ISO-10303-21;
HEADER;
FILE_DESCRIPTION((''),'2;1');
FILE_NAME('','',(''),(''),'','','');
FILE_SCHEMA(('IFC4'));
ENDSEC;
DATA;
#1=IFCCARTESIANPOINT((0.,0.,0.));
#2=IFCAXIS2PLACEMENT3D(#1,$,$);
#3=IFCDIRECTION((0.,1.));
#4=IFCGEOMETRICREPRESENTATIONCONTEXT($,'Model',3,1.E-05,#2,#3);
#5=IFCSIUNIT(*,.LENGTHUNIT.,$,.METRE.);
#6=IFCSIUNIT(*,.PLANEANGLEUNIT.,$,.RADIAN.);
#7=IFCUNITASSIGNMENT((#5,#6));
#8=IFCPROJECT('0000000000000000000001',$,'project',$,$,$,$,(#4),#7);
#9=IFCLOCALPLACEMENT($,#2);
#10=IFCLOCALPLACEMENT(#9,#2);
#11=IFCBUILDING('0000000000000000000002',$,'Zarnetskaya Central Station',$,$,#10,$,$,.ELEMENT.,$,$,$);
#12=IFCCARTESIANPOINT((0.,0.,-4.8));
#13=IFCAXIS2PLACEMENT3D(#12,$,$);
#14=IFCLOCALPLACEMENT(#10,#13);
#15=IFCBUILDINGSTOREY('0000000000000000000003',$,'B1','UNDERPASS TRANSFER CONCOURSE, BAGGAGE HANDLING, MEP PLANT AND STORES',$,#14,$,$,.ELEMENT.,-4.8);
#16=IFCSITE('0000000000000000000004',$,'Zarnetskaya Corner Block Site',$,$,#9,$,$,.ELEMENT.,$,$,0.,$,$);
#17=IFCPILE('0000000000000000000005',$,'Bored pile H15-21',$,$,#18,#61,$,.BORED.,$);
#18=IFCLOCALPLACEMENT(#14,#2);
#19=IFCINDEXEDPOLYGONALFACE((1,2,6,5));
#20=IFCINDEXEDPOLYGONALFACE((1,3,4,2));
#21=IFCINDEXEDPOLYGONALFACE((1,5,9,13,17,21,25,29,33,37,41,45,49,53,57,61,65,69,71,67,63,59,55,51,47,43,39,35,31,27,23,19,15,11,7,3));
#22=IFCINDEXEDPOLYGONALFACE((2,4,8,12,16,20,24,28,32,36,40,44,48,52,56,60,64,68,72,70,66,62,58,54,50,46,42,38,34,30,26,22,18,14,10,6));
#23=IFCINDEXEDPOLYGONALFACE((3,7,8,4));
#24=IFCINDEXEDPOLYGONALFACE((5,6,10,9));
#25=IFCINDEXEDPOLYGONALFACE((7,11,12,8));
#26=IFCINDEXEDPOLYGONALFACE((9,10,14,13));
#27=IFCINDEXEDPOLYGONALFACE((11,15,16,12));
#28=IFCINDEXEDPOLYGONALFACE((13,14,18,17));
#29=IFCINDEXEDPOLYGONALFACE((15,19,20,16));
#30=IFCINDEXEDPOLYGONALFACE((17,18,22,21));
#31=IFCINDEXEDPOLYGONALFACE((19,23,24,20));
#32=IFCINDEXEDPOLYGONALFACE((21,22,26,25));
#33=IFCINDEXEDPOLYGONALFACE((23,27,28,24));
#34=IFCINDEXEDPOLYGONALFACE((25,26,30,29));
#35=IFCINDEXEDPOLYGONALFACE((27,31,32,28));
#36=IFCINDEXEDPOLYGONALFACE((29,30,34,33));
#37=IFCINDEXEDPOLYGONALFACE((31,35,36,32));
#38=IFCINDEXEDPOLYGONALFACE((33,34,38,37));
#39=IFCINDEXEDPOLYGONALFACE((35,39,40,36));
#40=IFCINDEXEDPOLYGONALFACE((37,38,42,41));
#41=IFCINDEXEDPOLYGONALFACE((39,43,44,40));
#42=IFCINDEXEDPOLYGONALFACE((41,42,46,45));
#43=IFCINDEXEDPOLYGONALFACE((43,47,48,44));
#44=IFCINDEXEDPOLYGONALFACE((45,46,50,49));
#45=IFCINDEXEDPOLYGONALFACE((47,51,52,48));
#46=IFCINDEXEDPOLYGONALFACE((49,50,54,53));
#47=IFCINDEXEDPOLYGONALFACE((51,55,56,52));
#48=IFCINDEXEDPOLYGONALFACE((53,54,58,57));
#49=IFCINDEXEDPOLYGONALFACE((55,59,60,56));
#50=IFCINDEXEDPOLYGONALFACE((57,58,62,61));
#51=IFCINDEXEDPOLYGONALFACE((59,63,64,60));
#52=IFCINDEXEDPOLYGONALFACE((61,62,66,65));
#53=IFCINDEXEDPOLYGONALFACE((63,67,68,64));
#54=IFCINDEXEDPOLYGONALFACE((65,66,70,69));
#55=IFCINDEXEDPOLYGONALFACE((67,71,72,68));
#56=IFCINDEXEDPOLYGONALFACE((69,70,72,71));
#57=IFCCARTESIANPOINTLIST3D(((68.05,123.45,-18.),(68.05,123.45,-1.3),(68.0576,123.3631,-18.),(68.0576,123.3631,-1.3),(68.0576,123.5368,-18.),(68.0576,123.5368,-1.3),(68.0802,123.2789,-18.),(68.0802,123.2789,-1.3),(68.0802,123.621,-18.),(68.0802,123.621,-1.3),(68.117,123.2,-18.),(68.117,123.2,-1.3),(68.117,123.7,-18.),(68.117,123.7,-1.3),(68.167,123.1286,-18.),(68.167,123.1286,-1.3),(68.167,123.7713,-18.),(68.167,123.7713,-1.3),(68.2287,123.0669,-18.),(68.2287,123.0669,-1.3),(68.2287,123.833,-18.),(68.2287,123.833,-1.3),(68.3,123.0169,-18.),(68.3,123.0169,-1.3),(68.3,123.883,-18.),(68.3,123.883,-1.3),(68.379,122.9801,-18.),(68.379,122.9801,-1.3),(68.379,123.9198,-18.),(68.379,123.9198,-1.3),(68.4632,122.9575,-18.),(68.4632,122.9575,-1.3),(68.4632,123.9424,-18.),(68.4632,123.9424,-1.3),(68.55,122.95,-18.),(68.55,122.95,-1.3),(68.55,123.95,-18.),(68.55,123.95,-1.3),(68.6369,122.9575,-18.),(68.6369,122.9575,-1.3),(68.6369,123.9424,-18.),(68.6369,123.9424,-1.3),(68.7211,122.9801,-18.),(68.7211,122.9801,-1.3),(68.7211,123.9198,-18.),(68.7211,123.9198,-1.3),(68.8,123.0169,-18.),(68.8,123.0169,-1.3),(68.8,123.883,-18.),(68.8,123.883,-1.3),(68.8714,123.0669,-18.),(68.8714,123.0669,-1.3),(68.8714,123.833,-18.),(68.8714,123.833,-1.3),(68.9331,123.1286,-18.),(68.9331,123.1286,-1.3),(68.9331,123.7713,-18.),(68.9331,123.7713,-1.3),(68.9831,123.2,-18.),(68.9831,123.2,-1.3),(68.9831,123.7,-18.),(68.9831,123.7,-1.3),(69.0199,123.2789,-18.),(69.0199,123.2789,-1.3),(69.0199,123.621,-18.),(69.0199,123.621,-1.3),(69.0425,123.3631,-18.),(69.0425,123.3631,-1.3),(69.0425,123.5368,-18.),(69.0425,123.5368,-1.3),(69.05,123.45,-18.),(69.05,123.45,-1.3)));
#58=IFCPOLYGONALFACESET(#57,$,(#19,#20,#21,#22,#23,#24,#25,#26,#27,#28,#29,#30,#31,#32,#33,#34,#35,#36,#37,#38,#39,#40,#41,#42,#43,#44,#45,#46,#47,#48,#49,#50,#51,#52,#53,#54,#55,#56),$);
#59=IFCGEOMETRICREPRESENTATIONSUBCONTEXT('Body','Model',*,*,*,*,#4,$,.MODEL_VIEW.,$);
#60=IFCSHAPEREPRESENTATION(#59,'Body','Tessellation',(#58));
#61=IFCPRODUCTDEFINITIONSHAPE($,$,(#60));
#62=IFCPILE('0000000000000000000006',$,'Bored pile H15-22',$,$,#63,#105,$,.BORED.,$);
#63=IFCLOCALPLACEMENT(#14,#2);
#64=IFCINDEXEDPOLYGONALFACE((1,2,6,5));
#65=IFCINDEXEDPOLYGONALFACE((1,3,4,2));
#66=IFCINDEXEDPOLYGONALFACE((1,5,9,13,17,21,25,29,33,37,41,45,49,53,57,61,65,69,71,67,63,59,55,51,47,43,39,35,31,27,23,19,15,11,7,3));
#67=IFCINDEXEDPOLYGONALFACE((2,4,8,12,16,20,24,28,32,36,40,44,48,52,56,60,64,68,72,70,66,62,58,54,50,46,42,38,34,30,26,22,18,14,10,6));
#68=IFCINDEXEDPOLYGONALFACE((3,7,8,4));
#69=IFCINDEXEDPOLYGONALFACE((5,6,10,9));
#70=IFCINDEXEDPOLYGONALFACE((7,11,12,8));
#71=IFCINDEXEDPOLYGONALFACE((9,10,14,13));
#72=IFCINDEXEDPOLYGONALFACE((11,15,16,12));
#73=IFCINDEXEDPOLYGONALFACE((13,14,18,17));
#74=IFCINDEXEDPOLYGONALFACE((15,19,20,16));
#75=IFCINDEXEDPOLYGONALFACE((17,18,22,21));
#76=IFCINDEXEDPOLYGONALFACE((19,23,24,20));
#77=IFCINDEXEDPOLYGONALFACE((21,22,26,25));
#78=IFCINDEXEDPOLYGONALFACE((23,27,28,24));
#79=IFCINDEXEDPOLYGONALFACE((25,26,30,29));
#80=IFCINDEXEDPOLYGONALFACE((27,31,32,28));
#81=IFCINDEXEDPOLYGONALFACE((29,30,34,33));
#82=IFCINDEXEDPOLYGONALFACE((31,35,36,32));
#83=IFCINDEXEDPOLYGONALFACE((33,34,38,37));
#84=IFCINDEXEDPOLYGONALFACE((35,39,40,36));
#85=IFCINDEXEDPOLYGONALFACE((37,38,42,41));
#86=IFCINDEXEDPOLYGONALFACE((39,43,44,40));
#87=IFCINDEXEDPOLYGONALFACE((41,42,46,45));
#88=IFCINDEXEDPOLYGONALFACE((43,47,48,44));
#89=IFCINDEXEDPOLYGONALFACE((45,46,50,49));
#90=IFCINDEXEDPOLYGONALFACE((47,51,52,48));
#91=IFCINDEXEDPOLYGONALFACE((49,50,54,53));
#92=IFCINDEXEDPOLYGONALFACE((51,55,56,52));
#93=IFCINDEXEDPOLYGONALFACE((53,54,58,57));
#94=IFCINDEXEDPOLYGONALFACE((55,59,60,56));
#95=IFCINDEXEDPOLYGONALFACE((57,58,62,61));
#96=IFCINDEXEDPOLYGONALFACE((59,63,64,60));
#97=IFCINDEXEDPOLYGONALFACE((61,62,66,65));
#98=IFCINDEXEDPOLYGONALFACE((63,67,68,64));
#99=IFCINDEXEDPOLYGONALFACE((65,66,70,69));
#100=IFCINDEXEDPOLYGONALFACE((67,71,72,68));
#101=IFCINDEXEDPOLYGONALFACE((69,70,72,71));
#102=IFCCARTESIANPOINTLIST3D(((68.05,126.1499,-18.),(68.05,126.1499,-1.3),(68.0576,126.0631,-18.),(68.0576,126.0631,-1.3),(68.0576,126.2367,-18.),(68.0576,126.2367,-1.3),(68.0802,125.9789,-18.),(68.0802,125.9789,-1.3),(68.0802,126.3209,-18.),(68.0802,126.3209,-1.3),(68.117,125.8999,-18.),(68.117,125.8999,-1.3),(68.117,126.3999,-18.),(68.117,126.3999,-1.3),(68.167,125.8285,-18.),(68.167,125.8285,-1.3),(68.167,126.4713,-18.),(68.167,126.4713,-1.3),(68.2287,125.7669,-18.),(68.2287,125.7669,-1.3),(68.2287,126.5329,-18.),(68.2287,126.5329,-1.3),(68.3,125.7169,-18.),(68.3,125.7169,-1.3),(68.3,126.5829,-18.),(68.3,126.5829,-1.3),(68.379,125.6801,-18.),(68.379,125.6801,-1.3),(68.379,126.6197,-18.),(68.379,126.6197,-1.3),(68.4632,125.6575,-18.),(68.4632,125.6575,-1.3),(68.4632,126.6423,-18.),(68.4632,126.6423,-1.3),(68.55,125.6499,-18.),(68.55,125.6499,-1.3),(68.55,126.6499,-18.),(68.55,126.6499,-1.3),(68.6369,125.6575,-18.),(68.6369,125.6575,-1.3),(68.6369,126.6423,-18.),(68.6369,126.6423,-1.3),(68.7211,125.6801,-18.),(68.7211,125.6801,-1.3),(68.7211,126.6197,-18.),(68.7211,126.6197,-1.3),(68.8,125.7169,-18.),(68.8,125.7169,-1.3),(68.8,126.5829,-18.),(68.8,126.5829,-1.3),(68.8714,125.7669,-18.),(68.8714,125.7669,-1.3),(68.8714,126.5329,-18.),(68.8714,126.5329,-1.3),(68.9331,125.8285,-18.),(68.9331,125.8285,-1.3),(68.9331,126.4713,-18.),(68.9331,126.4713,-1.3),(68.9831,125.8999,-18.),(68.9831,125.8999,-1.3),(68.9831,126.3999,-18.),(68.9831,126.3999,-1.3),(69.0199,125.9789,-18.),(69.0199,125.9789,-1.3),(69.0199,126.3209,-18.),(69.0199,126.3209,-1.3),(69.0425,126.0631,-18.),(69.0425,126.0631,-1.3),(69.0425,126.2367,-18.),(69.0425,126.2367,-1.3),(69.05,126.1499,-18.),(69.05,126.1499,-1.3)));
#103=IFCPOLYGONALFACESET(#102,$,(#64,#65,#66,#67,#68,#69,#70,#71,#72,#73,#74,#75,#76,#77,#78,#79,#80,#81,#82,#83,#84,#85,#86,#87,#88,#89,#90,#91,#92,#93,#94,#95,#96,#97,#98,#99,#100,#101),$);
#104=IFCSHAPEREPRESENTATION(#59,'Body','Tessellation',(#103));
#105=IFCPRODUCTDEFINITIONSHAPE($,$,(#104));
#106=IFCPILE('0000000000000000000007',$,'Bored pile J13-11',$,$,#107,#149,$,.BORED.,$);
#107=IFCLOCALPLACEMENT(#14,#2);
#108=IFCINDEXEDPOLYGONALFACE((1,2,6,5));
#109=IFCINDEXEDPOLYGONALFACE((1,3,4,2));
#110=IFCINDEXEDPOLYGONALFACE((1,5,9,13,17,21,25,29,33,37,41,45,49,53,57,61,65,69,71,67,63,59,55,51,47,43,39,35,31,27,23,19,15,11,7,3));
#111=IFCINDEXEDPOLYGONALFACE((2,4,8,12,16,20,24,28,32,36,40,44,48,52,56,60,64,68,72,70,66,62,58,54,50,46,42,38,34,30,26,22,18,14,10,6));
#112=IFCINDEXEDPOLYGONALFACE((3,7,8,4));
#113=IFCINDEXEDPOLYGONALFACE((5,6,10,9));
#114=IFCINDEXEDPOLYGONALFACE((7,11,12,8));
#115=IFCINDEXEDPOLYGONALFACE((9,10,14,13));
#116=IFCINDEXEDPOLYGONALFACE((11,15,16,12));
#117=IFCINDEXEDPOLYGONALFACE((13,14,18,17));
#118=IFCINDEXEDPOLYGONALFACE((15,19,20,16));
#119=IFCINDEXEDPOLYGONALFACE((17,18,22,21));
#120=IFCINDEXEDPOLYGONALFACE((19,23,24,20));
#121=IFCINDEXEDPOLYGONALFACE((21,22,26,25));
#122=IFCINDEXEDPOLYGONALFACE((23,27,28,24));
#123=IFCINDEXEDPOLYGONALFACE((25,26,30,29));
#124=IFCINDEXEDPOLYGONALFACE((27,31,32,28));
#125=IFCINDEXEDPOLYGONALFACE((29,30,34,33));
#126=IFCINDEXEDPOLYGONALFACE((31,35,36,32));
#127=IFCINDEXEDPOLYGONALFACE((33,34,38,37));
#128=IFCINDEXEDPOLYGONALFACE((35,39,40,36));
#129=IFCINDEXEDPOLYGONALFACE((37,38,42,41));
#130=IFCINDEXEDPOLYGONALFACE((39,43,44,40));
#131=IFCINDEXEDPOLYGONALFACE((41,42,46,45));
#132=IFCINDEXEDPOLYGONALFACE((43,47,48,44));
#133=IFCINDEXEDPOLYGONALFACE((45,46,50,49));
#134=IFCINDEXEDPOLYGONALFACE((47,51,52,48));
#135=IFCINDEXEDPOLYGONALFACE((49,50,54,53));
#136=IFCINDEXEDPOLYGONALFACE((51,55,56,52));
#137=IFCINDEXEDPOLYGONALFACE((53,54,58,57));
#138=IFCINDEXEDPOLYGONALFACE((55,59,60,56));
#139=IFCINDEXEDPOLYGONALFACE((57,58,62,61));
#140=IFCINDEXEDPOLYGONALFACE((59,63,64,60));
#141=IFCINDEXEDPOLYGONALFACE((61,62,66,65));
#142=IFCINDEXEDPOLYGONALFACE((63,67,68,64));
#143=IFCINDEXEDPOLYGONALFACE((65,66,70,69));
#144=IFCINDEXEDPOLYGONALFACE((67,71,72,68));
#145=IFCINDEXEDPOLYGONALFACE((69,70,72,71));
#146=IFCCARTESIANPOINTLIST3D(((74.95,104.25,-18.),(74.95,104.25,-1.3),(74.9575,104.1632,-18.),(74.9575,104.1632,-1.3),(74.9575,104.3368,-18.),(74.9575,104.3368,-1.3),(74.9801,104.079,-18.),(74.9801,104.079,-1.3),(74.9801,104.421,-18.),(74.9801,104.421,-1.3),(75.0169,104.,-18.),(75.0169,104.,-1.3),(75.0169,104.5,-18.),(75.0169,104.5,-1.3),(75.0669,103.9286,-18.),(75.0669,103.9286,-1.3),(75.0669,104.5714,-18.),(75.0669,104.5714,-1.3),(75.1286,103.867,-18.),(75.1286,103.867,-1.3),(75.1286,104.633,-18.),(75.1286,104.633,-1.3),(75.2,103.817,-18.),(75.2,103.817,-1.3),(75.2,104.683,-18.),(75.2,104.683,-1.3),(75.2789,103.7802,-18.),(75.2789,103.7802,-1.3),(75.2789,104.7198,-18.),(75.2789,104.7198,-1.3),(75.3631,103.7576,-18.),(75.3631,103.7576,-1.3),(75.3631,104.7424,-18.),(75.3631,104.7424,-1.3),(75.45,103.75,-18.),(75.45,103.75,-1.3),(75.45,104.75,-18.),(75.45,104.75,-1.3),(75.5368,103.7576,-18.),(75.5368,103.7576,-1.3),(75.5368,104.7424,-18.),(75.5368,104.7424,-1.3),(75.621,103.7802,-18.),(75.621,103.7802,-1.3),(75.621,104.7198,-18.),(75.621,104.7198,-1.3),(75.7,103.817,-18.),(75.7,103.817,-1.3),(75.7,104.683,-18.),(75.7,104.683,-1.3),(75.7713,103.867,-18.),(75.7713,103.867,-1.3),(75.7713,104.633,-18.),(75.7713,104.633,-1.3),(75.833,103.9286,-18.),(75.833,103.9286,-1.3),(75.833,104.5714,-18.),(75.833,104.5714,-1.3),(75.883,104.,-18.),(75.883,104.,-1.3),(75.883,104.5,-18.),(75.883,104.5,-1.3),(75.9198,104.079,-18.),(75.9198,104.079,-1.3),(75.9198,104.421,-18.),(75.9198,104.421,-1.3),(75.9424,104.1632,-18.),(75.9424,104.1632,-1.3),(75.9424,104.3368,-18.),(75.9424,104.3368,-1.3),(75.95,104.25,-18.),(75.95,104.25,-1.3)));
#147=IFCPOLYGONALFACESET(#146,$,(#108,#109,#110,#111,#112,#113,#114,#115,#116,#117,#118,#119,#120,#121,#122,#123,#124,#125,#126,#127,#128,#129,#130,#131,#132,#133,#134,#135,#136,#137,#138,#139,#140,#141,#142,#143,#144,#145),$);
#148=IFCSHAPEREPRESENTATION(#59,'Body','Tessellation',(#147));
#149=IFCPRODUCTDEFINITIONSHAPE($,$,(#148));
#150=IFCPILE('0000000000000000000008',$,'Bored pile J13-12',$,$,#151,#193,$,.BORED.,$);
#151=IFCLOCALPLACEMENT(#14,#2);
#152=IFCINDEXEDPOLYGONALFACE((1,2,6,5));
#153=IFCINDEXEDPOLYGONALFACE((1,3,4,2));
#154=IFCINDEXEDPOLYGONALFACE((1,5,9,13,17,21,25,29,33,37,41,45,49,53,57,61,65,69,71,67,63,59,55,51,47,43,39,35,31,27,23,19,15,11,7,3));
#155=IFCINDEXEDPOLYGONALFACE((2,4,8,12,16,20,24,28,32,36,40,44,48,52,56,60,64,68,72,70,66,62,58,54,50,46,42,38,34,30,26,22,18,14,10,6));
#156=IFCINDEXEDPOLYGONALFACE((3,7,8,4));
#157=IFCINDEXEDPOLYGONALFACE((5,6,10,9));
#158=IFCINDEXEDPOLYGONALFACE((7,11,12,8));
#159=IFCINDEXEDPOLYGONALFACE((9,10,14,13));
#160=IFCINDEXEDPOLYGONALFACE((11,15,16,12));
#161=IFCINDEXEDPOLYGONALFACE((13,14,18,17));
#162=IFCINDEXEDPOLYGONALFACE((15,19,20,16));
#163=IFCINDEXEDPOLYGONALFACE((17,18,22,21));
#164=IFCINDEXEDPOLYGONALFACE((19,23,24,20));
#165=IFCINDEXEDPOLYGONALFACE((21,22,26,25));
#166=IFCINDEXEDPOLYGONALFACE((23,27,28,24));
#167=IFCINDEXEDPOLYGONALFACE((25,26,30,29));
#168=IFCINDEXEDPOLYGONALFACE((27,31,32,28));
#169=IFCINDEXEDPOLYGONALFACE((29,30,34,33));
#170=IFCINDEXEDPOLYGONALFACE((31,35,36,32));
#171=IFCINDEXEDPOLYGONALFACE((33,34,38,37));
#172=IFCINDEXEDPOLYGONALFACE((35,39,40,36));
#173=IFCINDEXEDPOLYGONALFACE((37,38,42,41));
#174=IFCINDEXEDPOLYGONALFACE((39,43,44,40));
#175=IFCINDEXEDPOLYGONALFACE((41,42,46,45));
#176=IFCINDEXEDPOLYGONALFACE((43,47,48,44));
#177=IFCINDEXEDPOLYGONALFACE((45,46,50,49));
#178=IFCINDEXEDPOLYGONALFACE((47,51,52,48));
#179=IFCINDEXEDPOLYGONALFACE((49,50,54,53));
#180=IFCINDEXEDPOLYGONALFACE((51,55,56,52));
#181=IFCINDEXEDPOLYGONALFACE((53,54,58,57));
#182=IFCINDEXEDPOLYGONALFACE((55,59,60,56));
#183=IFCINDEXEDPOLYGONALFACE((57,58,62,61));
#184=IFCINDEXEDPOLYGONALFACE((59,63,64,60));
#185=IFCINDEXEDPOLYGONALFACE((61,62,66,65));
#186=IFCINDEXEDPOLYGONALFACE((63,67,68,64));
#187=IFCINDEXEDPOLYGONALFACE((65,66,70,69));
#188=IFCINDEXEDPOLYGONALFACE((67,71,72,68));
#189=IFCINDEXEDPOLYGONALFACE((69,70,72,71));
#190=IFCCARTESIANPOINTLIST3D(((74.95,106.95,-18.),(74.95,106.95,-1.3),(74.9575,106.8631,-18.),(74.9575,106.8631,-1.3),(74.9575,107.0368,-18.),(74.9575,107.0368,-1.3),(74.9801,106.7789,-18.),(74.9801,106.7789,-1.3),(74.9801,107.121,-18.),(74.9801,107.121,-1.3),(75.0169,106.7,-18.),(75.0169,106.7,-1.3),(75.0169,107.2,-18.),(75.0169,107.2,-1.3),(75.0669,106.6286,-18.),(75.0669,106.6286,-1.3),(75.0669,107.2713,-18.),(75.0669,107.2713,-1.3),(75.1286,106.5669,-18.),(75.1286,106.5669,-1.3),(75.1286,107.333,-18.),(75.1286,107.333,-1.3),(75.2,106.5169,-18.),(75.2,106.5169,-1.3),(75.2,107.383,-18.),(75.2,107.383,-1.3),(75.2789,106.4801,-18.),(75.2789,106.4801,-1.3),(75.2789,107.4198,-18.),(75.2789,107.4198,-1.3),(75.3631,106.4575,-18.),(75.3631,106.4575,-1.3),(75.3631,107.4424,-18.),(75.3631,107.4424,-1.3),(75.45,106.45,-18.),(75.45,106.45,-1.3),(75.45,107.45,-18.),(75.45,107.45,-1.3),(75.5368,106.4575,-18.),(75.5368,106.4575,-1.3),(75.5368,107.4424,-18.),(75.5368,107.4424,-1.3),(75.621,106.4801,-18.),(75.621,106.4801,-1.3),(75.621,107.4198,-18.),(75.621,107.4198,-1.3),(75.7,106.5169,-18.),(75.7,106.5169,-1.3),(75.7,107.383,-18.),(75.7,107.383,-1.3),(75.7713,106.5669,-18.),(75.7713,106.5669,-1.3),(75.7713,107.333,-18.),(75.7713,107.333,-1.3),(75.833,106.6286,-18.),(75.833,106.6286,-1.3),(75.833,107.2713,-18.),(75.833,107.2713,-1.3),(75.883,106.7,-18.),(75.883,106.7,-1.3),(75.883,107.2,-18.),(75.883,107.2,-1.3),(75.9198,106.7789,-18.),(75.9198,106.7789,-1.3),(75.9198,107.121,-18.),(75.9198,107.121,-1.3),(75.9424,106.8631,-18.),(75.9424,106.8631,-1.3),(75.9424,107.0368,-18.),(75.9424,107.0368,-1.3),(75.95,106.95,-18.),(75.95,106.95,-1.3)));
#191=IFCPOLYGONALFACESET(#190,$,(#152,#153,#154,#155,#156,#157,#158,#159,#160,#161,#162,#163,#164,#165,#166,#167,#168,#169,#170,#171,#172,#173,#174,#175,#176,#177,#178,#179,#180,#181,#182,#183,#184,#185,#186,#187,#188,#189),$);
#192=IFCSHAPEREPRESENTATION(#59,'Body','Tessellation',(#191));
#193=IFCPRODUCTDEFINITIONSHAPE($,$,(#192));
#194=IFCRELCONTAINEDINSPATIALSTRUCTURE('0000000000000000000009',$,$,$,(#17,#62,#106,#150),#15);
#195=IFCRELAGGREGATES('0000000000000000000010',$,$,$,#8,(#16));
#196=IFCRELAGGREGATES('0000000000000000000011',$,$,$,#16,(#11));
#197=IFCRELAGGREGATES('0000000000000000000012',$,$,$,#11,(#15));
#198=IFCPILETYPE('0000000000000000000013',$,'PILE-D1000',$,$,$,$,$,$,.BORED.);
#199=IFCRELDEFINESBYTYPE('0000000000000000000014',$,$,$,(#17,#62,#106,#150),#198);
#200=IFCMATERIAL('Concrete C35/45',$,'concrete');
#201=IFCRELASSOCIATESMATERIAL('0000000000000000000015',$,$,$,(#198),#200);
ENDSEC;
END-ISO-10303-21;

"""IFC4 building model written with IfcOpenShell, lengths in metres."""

from ifc_helpers import new_model, si_unit, direction, frame, origin, origin_2d, place, context, subcontext, project, spatial, circle, extrude, material, material_profile, profile_set, type_object, element, save


model = new_model("IFC4")

# Units and contexts
model_context = context("Model", 3, precision=1e-05, world=origin(), true_north=direction((0.0, 1.0)))
body_context = subcontext(model_context, "Body", "Model", "MODEL_VIEW")
ifc_project = project(units=[si_unit("LENGTHUNIT", "METRE"), si_unit("PLANEANGLEUNIT", "RADIAN")], contexts=[model_context])

# Site, building, storey
site_placement = place(None, origin())
site = spatial("IfcSite", under=ifc_project, at=site_placement, Name="Zarnetskaya Corner Block Site", CompositionType="ELEMENT", RefElevation=0.0)
building_placement = place(site_placement, origin())
building = spatial("IfcBuilding", under=site, at=building_placement, Name="Zarnetskaya Central Station", CompositionType="ELEMENT")
storey_placement = place(building_placement, frame((0.0, 0.0, -4.8)))
storey = spatial("IfcBuildingStorey", under=building, at=storey_placement, Name="B1", Description="UNDERPASS TRANSFER CONCOURSE, BAGGAGE HANDLING, MEP PLANT AND STORES", CompositionType="ELEMENT", Elevation=-4.8)

# Shared definitions
ifc_material = material(Name="Concrete C35/45", Category="concrete")

# Piles
ifc_material_profile_1 = material_profile(ifc_material, circle(Radius=0.5, at=origin_2d()), Name="BORED PILE D1000")
ifc_profile_set_1 = profile_set([ifc_material_profile_1], Name="Concrete C35/45")
pile_type_1 = type_object("IfcPileType", Name="PILE-D1000", PredefinedType="BORED", material=ifc_profile_set_1)
for number, where, z_axis, x_axis, name in (
    (1, (68.55, 123.45, -1.3), (0.0, 0.0, -1.0), (1.0, 0.0, 0.0), "Bored pile H15-21"),
    (2, (68.55, 126.1499, -1.3), (0.0, 0.0, -1.0), (1.0, 0.0, 0.0), "Bored pile H15-22"),
    (3, (75.45, 104.25, -1.3), (0.0, 0.0, -1.0), (1.0, 0.0, 0.0), "Bored pile J13-11"),
    (4, (75.45, 106.95, -1.3), (0.0, 0.0, -1.0), (1.0, 0.0, 0.0), "Bored pile J13-12"),
):
    element("IfcPile", number, at=place(storey_placement, frame(where, z_axis=z_axis, x_axis=x_axis)), inside=storey, type_object=pile_type_1, Name=name, PredefinedType="BORED", context=body_context, shape_type="SweptSolid", body=[
        extrude(circle(Radius=0.5, at=origin_2d()), origin(), (0.0, 0.0, 1.0), 16.7),
    ])

save(model, "model.ifc")
